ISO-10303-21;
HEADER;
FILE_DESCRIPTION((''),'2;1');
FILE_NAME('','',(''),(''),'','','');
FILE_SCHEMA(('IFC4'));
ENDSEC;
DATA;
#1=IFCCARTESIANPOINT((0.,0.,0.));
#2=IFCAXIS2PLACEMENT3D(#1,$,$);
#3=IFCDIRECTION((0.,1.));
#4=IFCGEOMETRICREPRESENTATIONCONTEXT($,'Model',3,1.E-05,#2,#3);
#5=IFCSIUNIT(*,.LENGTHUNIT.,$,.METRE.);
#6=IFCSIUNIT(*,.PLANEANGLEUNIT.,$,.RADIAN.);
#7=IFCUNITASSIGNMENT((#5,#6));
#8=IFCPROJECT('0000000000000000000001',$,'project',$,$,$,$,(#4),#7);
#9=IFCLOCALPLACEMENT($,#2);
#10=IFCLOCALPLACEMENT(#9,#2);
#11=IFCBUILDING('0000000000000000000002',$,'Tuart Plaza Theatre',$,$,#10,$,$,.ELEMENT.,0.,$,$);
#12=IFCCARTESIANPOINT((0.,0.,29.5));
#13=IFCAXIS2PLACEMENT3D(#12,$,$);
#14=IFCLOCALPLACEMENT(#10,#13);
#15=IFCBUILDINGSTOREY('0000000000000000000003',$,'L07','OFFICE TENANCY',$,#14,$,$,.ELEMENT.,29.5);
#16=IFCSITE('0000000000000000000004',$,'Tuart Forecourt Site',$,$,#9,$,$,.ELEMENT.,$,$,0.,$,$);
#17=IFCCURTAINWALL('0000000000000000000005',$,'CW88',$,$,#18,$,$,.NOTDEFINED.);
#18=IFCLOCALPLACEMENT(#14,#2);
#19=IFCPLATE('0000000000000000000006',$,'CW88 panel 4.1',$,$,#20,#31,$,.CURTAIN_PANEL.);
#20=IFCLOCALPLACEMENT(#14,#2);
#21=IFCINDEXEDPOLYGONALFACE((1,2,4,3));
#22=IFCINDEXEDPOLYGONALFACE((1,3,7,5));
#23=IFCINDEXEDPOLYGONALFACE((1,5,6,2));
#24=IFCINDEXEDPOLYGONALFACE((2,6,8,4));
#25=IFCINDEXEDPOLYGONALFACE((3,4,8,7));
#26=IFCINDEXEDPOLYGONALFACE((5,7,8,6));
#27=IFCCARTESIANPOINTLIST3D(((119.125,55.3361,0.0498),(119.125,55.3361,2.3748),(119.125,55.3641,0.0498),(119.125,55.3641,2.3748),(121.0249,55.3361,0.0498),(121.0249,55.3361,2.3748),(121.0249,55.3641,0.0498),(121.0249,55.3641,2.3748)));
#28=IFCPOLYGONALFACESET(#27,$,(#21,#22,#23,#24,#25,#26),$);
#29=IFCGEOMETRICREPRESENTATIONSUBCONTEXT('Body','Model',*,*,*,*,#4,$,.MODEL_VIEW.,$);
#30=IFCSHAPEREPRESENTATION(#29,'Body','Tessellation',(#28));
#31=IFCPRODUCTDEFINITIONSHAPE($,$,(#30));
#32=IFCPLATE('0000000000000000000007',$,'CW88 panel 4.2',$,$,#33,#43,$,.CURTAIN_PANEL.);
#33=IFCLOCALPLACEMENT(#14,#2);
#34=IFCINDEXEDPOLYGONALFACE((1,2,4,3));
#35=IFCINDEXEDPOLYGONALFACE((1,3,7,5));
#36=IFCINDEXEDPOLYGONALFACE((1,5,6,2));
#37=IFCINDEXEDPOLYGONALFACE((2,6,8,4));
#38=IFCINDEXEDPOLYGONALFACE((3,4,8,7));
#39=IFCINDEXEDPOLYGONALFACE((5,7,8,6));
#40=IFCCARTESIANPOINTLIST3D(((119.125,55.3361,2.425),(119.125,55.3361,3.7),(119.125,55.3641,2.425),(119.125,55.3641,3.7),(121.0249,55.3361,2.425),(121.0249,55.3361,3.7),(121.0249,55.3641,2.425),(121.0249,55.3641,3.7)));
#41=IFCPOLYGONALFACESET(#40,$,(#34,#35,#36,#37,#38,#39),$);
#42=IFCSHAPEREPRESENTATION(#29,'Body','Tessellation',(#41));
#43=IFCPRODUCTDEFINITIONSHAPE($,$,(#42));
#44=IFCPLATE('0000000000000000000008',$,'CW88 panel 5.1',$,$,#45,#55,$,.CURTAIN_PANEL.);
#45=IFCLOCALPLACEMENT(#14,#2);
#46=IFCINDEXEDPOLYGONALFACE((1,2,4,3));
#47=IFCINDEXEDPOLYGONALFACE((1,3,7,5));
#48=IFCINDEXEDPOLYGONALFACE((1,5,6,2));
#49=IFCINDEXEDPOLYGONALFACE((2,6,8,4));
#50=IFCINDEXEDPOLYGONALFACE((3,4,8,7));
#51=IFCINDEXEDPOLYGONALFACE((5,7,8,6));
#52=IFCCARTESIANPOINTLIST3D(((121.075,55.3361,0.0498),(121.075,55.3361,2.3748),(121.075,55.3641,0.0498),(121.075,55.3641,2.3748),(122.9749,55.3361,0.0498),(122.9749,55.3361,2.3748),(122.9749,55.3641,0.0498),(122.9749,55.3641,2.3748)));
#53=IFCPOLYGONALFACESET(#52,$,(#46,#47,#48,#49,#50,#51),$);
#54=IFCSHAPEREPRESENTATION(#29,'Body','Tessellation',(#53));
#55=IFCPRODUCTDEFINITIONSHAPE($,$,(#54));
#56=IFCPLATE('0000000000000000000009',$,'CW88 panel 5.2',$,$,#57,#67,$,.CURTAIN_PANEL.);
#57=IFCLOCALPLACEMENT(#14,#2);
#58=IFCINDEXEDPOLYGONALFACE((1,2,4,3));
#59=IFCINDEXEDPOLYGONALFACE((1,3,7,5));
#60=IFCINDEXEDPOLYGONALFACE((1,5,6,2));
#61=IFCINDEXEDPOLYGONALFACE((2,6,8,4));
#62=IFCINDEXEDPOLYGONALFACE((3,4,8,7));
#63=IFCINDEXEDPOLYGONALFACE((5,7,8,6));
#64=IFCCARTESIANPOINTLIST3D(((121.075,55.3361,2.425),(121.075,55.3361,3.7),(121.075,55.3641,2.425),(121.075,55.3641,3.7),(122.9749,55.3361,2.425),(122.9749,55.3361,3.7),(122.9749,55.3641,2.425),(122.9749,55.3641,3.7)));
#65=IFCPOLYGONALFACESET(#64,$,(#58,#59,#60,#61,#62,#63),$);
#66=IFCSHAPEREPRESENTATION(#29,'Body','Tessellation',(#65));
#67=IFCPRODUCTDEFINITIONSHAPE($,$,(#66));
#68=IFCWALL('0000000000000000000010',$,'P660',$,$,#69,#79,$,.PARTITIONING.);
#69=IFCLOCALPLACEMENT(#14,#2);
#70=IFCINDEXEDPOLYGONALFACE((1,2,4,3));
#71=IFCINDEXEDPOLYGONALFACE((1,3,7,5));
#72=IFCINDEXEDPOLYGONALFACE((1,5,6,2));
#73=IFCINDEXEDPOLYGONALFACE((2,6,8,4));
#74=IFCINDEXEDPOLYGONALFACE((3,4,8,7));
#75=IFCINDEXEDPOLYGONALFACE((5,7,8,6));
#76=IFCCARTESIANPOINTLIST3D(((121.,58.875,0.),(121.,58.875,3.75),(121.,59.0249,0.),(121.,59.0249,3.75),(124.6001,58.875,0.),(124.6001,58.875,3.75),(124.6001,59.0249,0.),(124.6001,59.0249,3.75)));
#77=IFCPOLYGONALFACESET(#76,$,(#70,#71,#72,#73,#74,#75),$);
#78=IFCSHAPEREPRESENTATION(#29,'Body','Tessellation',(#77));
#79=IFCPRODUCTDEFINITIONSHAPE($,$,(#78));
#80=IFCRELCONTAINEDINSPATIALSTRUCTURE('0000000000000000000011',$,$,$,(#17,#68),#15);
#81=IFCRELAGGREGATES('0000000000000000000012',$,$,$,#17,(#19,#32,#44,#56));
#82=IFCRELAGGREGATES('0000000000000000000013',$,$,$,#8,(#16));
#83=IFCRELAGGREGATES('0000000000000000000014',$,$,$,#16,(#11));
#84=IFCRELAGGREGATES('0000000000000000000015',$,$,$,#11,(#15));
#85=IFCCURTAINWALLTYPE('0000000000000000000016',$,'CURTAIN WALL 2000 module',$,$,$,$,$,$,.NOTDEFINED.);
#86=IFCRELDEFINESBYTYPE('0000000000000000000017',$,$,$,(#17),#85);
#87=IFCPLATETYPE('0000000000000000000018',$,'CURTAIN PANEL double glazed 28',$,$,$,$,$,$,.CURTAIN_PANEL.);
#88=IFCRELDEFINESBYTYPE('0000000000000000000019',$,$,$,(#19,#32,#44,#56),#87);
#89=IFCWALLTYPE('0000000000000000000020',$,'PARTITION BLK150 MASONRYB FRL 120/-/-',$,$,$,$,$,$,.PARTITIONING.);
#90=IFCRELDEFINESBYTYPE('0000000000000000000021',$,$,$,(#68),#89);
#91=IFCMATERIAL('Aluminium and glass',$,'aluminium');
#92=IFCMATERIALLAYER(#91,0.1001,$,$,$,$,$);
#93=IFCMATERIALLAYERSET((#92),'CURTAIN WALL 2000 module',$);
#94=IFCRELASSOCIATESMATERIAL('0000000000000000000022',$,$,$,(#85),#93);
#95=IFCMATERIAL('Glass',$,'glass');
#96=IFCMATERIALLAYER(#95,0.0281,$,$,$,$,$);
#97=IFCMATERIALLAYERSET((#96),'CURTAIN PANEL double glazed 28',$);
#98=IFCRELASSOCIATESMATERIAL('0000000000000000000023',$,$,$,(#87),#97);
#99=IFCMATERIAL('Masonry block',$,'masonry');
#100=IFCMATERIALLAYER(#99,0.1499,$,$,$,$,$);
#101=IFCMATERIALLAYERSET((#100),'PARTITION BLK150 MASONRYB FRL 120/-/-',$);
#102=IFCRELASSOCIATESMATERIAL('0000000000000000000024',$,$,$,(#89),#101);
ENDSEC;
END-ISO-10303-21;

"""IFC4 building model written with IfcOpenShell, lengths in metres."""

from ifc_helpers import new_model, si_unit, direction, frame, frame_2d, origin, origin_2d, place, context, subcontext, project, spatial, rectangle, extrude, material, layer, layer_set, type_object, element, aggregate, save


model = new_model("IFC4")

# Units and contexts
model_context = context("Model", 3, precision=1e-05, world=origin(), true_north=direction((0.0, 1.0)))
body_context = subcontext(model_context, "Body", "Model", "MODEL_VIEW")
ifc_project = project(units=[si_unit("LENGTHUNIT", "METRE"), si_unit("PLANEANGLEUNIT", "RADIAN")], contexts=[model_context])

# Site, building, storey
site_placement = place(None, origin())
site = spatial("IfcSite", under=ifc_project, at=site_placement, Name="Tuart Forecourt Site", CompositionType="ELEMENT", RefElevation=0.0)
building_placement = place(site_placement, origin())
building = spatial("IfcBuilding", under=site, at=building_placement, Name="Tuart Plaza Theatre", CompositionType="ELEMENT", ElevationOfRefHeight=0.0)
storey_placement = place(building_placement, frame((0.0, 0.0, 29.5)))
storey = spatial("IfcBuildingStorey", under=building, at=storey_placement, Name="L07", Description="OFFICE TENANCY", CompositionType="ELEMENT", Elevation=29.5)

# Curtain wall, plates
ifc_material_1 = material(Name="Aluminium and glass", Category="aluminium")
ifc_layer_1 = layer(ifc_material_1, 0.1001)
ifc_layer_set_1 = layer_set([ifc_layer_1], Name="CURTAIN WALL 2000 module")
curtain_wall_type = type_object("IfcCurtainWallType", Name="CURTAIN WALL 2000 module", PredefinedType="NOTDEFINED", material=ifc_layer_set_1)
curtain_wall_placement = place(storey_placement, origin())
curtain_wall = element("IfcCurtainWall", 1, at=curtain_wall_placement, inside=storey, type_object=curtain_wall_type, Name="CW88", PredefinedType="NOTDEFINED")
ifc_material_2 = material(Name="Glass", Category="glass")
ifc_layer_2 = layer(ifc_material_2, 0.0281)
ifc_layer_set_2 = layer_set([ifc_layer_2], Name="CURTAIN PANEL double glazed 28")
plate_type = type_object("IfcPlateType", Name="CURTAIN PANEL double glazed 28", PredefinedType="CURTAIN_PANEL", material=ifc_layer_set_2)
plate_1_placement = place(storey_placement, frame((120.075, 55.3501, 0.0498), z_axis=(0.0, 0.0, 1.0), x_axis=(1.0, 0.0, 0.0)))
plate_1 = element("IfcPlate", 2, at=plate_1_placement, type_object=plate_type, Name="CW88 panel 4.1", PredefinedType="CURTAIN_PANEL", context=body_context, shape_type="SweptSolid", body=[
    extrude(rectangle(XDim=1.8999, YDim=0.0281, at=origin_2d()), origin(), (0.0, 0.0, 1.0), 2.325),
])
plate_2_placement = place(storey_placement, frame((120.075, 55.3501, 2.425), z_axis=(0.0, 0.0, 1.0), x_axis=(1.0, 0.0, 0.0)))
plate_2 = element("IfcPlate", 3, at=plate_2_placement, type_object=plate_type, Name="CW88 panel 4.2", PredefinedType="CURTAIN_PANEL", context=body_context, shape_type="SweptSolid", body=[
    extrude(rectangle(XDim=1.8999, YDim=0.0281, at=origin_2d()), origin(), (0.0, 0.0, 1.0), 1.2749),
])
plate_3_placement = place(storey_placement, frame((122.0249, 55.3501, 0.0498), z_axis=(0.0, 0.0, 1.0), x_axis=(1.0, 0.0, 0.0)))
plate_3 = element("IfcPlate", 4, at=plate_3_placement, type_object=plate_type, Name="CW88 panel 5.1", PredefinedType="CURTAIN_PANEL", context=body_context, shape_type="SweptSolid", body=[
    extrude(rectangle(XDim=1.8999, YDim=0.0281, at=origin_2d()), origin(), (0.0, 0.0, 1.0), 2.325),
])
plate_4_placement = place(storey_placement, frame((122.0249, 55.3501, 2.425), z_axis=(0.0, 0.0, 1.0), x_axis=(1.0, 0.0, 0.0)))
plate_4 = element("IfcPlate", 5, at=plate_4_placement, type_object=plate_type, Name="CW88 panel 5.2", PredefinedType="CURTAIN_PANEL", context=body_context, shape_type="SweptSolid", body=[
    extrude(rectangle(XDim=1.8999, YDim=0.0281, at=origin_2d()), origin(), (0.0, 0.0, 1.0), 1.2749),
])
aggregate(curtain_wall, [plate_1, plate_2, plate_3, plate_4])

# Wall
ifc_material_3 = material(Name="Masonry block", Category="masonry")
ifc_layer_3 = layer(ifc_material_3, 0.1499)
ifc_layer_set_3 = layer_set([ifc_layer_3], Name="PARTITION BLK150 MASONRYB FRL 120/-/-")
wall_type = type_object("IfcWallType", Name="PARTITION BLK150 MASONRYB FRL 120/-/-", PredefinedType="PARTITIONING", material=ifc_layer_set_3)
wall_placement = place(storey_placement, frame((121.0, 58.95, 0.0), z_axis=(0.0, 0.0, 1.0), x_axis=(1.0, 0.0, 0.0)))
element("IfcWall", 6, at=wall_placement, inside=storey, type_object=wall_type, Name="P660", PredefinedType="PARTITIONING", context=body_context, shape_type="SweptSolid", body=[
    extrude(rectangle(XDim=3.6001, YDim=0.1499, at=frame_2d((1.8, 0.0))), origin(), (0.0, 0.0, 1.0), 3.75),
])

save(model, "model.ifc")
